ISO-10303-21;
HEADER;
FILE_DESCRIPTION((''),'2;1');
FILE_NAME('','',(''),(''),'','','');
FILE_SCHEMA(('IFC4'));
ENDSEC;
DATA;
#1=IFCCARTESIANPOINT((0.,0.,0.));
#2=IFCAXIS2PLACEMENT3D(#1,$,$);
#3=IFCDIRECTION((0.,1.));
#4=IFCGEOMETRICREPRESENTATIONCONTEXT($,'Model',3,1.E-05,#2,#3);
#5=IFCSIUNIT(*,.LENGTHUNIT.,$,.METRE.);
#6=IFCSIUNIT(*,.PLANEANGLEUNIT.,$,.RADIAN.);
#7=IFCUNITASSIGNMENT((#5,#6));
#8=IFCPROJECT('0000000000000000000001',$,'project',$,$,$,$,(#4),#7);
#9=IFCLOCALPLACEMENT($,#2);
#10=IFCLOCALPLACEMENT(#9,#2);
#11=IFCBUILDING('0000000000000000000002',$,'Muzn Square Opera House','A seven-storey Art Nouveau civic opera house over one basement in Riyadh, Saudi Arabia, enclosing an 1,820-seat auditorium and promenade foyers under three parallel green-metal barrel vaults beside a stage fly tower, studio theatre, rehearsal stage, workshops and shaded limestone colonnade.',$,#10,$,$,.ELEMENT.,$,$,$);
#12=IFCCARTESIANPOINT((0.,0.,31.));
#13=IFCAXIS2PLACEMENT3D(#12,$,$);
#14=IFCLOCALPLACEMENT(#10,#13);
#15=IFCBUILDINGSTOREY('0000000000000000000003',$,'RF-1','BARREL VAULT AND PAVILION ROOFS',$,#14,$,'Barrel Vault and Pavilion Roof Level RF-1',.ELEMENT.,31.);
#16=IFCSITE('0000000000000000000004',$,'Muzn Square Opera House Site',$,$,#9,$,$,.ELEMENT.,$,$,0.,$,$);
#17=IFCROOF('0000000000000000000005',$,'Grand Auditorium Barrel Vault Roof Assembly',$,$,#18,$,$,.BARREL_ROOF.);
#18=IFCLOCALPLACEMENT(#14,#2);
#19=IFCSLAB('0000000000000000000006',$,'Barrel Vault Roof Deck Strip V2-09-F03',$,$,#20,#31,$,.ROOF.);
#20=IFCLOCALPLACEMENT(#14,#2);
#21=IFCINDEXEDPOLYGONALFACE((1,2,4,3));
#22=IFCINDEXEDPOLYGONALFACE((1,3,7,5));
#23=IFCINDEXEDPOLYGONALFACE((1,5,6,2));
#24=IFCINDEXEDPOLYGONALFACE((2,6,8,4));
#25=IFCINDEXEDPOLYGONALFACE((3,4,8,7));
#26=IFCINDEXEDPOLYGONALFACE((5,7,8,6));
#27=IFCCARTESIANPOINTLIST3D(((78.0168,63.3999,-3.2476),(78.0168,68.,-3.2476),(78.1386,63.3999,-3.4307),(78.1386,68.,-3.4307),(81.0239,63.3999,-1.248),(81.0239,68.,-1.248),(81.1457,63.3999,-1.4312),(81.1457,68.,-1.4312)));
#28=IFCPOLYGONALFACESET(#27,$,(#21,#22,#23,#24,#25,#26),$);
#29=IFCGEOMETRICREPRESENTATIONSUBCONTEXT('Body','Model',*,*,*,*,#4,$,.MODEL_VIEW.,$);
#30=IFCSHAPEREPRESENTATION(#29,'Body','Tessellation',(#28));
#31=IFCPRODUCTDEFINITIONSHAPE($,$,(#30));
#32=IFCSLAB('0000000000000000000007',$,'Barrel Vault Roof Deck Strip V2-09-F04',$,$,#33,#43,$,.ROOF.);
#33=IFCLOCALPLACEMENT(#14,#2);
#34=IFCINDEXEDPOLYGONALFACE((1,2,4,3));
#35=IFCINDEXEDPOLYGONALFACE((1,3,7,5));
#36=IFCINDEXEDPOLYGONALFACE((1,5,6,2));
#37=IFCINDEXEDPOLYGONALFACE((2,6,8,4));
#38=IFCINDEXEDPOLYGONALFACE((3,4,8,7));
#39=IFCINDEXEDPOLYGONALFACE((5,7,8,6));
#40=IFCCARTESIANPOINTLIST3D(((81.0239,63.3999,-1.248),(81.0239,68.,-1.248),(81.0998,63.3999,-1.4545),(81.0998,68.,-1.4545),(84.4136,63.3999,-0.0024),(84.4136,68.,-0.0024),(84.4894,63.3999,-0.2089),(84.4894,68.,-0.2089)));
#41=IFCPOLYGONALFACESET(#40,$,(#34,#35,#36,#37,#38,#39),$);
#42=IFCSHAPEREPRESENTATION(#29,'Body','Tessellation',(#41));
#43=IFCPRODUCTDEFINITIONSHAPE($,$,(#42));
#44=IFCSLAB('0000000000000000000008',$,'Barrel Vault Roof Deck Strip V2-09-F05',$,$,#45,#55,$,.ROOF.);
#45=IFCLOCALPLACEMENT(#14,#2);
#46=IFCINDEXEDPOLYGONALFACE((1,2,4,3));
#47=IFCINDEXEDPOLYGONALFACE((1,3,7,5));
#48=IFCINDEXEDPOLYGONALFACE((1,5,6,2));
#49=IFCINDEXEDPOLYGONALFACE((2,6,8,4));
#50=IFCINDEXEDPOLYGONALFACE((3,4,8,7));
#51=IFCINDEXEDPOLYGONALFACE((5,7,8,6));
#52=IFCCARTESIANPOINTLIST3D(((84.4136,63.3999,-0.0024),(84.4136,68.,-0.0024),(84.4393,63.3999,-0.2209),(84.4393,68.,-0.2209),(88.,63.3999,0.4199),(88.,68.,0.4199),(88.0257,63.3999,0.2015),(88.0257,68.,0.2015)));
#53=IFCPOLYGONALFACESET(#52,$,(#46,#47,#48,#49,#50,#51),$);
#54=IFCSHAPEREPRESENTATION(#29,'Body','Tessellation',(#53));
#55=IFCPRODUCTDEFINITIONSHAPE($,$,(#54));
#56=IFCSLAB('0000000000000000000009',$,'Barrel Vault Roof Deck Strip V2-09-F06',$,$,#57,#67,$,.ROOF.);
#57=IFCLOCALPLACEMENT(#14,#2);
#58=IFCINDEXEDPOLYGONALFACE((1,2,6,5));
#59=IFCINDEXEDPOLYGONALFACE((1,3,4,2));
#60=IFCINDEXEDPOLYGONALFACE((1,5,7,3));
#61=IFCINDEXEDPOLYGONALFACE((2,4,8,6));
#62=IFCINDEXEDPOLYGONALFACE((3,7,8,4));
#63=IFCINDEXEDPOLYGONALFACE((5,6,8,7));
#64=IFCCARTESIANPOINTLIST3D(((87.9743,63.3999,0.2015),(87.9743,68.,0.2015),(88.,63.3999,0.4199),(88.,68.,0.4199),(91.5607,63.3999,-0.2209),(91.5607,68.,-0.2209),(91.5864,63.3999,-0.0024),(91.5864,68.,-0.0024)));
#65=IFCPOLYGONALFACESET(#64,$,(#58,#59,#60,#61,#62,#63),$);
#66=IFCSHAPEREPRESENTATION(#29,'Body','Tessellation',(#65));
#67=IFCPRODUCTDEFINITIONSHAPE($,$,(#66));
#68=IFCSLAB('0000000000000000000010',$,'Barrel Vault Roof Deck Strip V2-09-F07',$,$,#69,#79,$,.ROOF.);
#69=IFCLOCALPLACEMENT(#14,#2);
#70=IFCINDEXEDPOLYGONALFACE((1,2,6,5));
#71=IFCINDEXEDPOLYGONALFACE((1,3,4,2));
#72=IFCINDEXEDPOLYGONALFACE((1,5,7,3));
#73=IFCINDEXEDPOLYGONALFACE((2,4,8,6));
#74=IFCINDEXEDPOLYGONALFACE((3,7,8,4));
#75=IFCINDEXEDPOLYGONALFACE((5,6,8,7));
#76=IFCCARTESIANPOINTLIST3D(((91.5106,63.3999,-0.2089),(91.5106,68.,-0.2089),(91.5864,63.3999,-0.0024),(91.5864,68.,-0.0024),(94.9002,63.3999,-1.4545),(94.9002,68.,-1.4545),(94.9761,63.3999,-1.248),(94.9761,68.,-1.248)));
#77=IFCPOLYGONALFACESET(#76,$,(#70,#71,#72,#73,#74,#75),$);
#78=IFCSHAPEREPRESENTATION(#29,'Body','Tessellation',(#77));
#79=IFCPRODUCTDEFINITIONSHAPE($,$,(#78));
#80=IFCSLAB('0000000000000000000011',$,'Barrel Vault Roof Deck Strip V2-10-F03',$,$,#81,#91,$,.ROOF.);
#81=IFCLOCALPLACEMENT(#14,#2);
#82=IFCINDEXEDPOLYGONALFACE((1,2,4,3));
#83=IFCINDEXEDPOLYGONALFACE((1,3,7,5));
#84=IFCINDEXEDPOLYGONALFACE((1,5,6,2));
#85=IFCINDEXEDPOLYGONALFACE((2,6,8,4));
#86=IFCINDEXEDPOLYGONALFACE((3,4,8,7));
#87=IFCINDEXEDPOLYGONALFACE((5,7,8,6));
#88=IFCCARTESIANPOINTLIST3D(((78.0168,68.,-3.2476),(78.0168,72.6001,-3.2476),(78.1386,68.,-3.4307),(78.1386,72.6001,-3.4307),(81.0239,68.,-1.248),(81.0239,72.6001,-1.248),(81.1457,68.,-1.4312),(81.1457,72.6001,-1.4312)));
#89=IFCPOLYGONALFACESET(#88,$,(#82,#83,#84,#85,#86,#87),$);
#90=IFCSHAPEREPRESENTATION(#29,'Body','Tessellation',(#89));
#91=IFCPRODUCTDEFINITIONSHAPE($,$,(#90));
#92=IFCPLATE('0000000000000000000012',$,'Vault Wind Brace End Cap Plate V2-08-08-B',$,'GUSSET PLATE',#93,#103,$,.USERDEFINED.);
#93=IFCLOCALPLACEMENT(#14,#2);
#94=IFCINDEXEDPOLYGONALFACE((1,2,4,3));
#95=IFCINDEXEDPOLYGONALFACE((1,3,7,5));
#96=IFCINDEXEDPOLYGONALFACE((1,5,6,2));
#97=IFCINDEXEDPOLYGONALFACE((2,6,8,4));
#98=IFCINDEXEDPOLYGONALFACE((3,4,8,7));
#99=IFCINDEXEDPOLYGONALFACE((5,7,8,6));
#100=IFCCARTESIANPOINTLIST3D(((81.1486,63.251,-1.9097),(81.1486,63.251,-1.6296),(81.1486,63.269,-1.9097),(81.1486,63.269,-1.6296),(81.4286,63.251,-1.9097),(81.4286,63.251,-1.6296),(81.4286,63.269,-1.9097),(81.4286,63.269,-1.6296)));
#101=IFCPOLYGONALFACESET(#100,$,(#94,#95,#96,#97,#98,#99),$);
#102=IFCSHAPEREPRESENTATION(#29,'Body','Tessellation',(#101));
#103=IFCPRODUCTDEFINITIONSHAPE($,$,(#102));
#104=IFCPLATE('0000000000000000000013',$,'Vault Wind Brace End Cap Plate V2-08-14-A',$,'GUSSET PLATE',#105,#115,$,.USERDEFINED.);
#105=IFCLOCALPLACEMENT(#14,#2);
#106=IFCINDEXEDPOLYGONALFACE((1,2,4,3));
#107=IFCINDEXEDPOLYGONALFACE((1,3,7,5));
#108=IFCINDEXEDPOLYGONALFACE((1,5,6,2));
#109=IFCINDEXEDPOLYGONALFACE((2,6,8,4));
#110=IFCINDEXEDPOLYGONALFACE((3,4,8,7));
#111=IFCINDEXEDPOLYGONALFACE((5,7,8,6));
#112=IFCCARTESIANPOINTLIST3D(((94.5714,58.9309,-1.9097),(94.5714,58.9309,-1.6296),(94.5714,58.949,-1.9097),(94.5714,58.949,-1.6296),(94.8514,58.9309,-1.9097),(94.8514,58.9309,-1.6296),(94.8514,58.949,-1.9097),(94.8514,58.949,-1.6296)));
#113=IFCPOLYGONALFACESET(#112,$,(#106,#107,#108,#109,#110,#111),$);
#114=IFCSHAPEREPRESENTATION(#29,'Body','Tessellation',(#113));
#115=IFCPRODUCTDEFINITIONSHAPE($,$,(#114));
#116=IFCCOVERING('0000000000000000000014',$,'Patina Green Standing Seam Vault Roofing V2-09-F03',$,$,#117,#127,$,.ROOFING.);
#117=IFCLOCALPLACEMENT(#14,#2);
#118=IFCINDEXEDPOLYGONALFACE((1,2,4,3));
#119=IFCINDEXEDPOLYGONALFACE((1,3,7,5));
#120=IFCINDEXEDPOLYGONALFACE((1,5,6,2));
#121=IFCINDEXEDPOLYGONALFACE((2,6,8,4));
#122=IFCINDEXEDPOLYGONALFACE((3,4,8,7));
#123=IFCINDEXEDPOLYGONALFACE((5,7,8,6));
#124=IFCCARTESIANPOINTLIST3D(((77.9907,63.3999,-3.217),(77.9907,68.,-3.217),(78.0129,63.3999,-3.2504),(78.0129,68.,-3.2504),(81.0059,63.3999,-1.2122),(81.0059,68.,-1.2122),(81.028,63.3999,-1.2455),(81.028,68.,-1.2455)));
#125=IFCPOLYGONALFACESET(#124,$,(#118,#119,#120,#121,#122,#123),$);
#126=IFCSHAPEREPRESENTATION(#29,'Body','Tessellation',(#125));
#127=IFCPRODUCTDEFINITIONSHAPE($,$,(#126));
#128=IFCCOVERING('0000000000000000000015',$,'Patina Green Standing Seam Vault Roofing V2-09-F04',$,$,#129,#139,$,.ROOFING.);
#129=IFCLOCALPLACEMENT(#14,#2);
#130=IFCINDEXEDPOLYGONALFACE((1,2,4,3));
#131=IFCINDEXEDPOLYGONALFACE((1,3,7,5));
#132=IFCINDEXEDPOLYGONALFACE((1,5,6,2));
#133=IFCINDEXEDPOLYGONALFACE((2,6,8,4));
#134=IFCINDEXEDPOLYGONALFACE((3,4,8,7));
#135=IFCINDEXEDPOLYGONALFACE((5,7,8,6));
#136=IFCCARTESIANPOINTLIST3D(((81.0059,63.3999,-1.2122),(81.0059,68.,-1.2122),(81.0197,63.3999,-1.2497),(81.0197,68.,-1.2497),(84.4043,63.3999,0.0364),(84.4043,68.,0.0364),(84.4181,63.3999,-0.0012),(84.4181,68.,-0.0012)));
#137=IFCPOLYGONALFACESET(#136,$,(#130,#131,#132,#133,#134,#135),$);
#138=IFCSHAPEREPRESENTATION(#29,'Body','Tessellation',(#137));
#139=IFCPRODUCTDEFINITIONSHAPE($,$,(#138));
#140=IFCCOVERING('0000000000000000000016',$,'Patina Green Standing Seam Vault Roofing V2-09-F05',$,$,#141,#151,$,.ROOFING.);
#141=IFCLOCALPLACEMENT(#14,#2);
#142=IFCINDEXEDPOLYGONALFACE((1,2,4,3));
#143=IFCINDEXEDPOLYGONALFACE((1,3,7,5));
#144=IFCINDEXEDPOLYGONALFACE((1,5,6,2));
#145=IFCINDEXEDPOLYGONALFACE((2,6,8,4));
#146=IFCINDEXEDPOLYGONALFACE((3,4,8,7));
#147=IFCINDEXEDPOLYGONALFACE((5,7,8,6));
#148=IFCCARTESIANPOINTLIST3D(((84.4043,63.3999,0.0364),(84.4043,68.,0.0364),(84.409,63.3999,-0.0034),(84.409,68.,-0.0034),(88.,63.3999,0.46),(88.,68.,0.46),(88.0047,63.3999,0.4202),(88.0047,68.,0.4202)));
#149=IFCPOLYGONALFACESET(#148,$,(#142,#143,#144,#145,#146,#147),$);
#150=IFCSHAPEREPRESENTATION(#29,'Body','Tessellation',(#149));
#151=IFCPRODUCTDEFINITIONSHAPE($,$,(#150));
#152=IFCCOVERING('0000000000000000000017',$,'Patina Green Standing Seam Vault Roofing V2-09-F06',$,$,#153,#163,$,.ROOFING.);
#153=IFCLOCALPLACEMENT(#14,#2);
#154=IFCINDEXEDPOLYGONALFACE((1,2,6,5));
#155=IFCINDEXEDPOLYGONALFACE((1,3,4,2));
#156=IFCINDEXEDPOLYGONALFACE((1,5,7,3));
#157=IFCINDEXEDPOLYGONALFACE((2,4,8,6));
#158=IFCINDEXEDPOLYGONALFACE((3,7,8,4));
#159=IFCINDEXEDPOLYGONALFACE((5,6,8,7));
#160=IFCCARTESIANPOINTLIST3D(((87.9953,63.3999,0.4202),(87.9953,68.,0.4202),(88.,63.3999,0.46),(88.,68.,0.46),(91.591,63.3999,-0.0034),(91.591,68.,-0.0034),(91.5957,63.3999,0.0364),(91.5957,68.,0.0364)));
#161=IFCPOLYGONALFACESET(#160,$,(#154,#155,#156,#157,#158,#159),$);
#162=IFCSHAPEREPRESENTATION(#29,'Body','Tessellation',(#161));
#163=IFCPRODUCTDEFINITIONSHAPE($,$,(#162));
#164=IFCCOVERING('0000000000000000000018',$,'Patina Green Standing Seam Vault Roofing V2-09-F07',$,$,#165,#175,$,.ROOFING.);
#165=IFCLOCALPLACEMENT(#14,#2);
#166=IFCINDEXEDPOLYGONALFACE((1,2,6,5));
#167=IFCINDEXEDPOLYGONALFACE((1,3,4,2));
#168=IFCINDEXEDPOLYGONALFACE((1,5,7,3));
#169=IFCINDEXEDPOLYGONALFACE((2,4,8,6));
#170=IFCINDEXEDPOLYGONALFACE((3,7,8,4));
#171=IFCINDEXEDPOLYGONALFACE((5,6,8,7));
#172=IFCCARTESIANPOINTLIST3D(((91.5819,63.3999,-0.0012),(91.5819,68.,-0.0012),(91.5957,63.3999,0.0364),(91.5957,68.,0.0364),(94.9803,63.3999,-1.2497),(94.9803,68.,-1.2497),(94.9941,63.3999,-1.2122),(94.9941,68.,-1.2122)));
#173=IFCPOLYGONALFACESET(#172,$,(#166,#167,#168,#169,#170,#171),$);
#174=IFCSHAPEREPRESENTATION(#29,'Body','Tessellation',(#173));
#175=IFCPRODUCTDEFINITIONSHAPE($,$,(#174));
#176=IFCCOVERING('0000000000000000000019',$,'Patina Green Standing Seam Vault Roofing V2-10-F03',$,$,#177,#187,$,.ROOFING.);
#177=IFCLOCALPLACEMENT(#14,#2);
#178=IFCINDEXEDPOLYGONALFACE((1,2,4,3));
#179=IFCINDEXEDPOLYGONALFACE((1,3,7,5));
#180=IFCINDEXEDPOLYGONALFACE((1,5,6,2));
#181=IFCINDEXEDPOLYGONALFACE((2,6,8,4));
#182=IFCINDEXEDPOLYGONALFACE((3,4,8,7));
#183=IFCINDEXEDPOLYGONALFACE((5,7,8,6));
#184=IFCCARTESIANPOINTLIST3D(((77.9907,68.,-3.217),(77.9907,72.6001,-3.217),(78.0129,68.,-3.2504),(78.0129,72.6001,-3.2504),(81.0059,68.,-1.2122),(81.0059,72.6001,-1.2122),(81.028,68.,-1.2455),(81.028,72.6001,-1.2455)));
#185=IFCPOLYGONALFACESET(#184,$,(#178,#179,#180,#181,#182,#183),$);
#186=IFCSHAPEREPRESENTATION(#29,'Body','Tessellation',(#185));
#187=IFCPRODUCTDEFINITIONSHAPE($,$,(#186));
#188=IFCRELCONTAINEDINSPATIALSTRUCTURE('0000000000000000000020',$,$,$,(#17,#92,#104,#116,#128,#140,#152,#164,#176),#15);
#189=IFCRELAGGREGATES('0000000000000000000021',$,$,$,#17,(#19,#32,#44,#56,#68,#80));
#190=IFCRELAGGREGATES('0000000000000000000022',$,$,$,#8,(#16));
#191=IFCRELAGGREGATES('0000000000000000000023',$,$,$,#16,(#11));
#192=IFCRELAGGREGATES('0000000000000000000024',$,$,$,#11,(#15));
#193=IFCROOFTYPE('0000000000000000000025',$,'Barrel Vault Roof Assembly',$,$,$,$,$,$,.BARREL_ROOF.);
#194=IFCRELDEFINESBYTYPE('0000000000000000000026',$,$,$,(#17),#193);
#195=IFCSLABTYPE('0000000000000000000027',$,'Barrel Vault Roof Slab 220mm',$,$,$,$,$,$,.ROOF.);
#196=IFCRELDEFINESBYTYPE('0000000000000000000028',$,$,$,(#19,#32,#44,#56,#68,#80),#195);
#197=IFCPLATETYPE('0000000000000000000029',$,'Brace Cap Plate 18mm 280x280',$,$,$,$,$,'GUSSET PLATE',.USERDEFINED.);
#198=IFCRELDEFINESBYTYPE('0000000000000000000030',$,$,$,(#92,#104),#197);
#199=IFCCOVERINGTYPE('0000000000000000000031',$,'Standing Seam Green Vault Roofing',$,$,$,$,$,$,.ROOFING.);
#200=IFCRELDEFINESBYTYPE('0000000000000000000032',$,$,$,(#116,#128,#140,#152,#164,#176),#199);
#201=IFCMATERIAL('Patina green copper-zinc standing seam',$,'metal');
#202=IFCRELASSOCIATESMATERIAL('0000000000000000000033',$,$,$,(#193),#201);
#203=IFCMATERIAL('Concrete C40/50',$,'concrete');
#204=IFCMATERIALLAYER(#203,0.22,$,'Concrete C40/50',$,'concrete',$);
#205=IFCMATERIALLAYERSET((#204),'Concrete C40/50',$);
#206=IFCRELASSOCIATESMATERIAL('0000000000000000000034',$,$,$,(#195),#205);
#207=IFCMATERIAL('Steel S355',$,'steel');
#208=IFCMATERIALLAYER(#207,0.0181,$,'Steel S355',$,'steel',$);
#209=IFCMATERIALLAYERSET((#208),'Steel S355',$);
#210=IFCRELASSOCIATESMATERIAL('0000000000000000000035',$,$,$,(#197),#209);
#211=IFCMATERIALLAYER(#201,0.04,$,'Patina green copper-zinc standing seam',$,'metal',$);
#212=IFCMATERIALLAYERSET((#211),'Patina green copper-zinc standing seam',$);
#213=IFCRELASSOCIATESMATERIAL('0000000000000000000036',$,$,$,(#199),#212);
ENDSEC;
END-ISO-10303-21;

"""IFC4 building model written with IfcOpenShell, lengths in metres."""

from ifc_helpers import new_model, si_unit, direction, frame, origin, origin_2d, place, context, subcontext, project, spatial, polyline, rectangle, outline, extrude, material, layer, layer_set, type_object, element, aggregate, save


model = new_model("IFC4")

# Units and contexts
model_context = context("Model", 3, precision=1e-05, world=origin(), true_north=direction((0.0, 1.0)))
body_context = subcontext(model_context, "Body", "Model", "MODEL_VIEW")
ifc_project = project(units=[si_unit("LENGTHUNIT", "METRE"), si_unit("PLANEANGLEUNIT", "RADIAN")], contexts=[model_context])

# Site, building, storey
site_placement = place(None, origin())
site = spatial("IfcSite", under=ifc_project, at=site_placement, Name="Muzn Square Opera House Site", CompositionType="ELEMENT", RefElevation=0.0)
building_placement = place(site_placement, origin())
building = spatial("IfcBuilding", under=site, at=building_placement, Name="Muzn Square Opera House", Description="A seven-storey Art Nouveau civic opera house over one basement in Riyadh, Saudi Arabia, enclosing an 1,820-seat auditorium and promenade foyers under three parallel green-metal barrel vaults beside a stage fly tower, studio theatre, rehearsal stage, workshops and shaded limestone colonnade.", CompositionType="ELEMENT")
storey_placement = place(building_placement, frame((0.0, 0.0, 31.0)))
storey = spatial("IfcBuildingStorey", under=building, at=storey_placement, Name="RF-1", Description="BARREL VAULT AND PAVILION ROOFS", LongName="Barrel Vault and Pavilion Roof Level RF-1", CompositionType="ELEMENT", Elevation=31.0)

# Shared definitions
ifc_material_1 = material(Name="Steel S355", Category="steel")

# Roof, slabs
ifc_material_2 = material(Name="Patina green copper-zinc standing seam", Category="metal")
roof_type = type_object("IfcRoofType", Name="Barrel Vault Roof Assembly", PredefinedType="BARREL_ROOF", material=ifc_material_2)
roof_placement = place(storey_placement, origin())
roof = element("IfcRoof", 1, at=roof_placement, inside=storey, type_object=roof_type, Name="Grand Auditorium Barrel Vault Roof Assembly", PredefinedType="BARREL_ROOF")
ifc_material_3 = material(Name="Concrete C40/50", Category="concrete")
ifc_layer_1 = layer(ifc_material_3, 0.22, Name="Concrete C40/50", Category="concrete")
ifc_layer_set_1 = layer_set([ifc_layer_1], Name="Concrete C40/50")
slab_type = type_object("IfcSlabType", Name="Barrel Vault Roof Slab 220mm", PredefinedType="ROOF", material=ifc_layer_set_1)
slab_1_placement = place(storey_placement, frame((81.0239, 63.3999, -1.248), z_axis=(-0.553701, 0.0, 0.832715), x_axis=(0.0, 1.0, 0.0)))
slab_1 = element("IfcSlab", 2, at=slab_1_placement, type_object=slab_type, Name="Barrel Vault Roof Deck Strip V2-09-F03", PredefinedType="ROOF", context=body_context, shape_type="SweptSolid", body=[
    extrude(outline(polyline([(0.0, 3.6112), (0.0, 0.0), (4.6001, 0.0), (4.6001, 3.6112), (0.0, 3.6112)])), origin(), (0.0, 0.0, -1.0), 0.22),
])
slab_2_placement = place(storey_placement, frame((84.4136, 63.3999, -0.0024), z_axis=(-0.344922, 0.0, 0.938631), x_axis=(0.0, 1.0, 0.0)))
slab_2 = element("IfcSlab", 3, at=slab_2_placement, type_object=slab_type, Name="Barrel Vault Roof Deck Strip V2-09-F04", PredefinedType="ROOF", context=body_context, shape_type="SweptSolid", body=[
    extrude(outline(polyline([(0.0, 3.6113), (0.0, 0.0), (4.6001, 0.0), (4.6001, 3.6113), (0.0, 3.6113)])), origin(), (0.0, 0.0, -1.0), 0.22),
])
slab_3_placement = place(storey_placement, frame((88.0, 63.3999, 0.4199), z_axis=(-0.116959, 0.0, 0.993137), x_axis=(0.0, 1.0, 0.0)))
slab_3 = element("IfcSlab", 4, at=slab_3_placement, type_object=slab_type, Name="Barrel Vault Roof Deck Strip V2-09-F05", PredefinedType="ROOF", context=body_context, shape_type="SweptSolid", body=[
    extrude(outline(polyline([(0.0, 3.6112), (0.0, 0.0), (4.6001, 0.0), (4.6001, 3.6112), (0.0, 3.6112)])), origin(), (0.0, 0.0, -1.0), 0.22),
])
slab_4_placement = place(storey_placement, frame((88.0, 63.3999, 0.4199), z_axis=(0.116959, 0.0, 0.993137), x_axis=(0.993137, 0.0, -0.116959)))
slab_4 = element("IfcSlab", 5, at=slab_4_placement, type_object=slab_type, Name="Barrel Vault Roof Deck Strip V2-09-F06", PredefinedType="ROOF", context=body_context, shape_type="SweptSolid", body=[
    extrude(outline(polyline([(0.0, 0.0), (3.6112, 0.0), (3.6112, 4.6001), (0.0, 4.6001), (0.0, 0.0)])), origin(), (0.0, 0.0, -1.0), 0.22),
])
slab_5_placement = place(storey_placement, frame((91.5864, 63.3999, -0.0024), z_axis=(0.344922, 0.0, 0.938631), x_axis=(0.938631, 0.0, -0.344922)))
slab_5 = element("IfcSlab", 6, at=slab_5_placement, type_object=slab_type, Name="Barrel Vault Roof Deck Strip V2-09-F07", PredefinedType="ROOF", context=body_context, shape_type="SweptSolid", body=[
    extrude(outline(polyline([(0.0, 0.0), (3.6113, 0.0), (3.6113, 4.6001), (0.0, 4.6001), (0.0, 0.0)])), origin(), (0.0, 0.0, -1.0), 0.22),
])
slab_6_placement = place(storey_placement, frame((81.0239, 68.0, -1.248), z_axis=(-0.553701, 0.0, 0.832715), x_axis=(0.0, 1.0, 0.0)))
slab_6 = element("IfcSlab", 7, at=slab_6_placement, type_object=slab_type, Name="Barrel Vault Roof Deck Strip V2-10-F03", PredefinedType="ROOF", context=body_context, shape_type="SweptSolid", body=[
    extrude(outline(polyline([(0.0, 3.6112), (0.0, 0.0), (4.6001, 0.0), (4.6001, 3.6112), (0.0, 3.6112)])), origin(), (0.0, 0.0, -1.0), 0.22),
])
aggregate(roof, [slab_1, slab_2, slab_3, slab_4, slab_5, slab_6])

# Plates
ifc_layer_2 = layer(ifc_material_1, 0.0181, Name="Steel S355", Category="steel")
ifc_layer_set_2 = layer_set([ifc_layer_2], Name="Steel S355")
plate_type = type_object("IfcPlateType", Name="Brace Cap Plate 18mm 280x280", ElementType="GUSSET PLATE", PredefinedType="USERDEFINED", material=ifc_layer_set_2)
for number, where, z_axis, x_axis, name in (
    (8, (81.2886, 63.26, -1.9097), (0.0, 0.0, 1.0), (1.0, 0.0, 0.0), "Vault Wind Brace End Cap Plate V2-08-08-B"),
    (9, (94.7114, 58.9399, -1.9097), (0.0, 0.0, 1.0), (1.0, 0.0, 0.0), "Vault Wind Brace End Cap Plate V2-08-14-A"),
):
    element("IfcPlate", number, at=place(storey_placement, frame(where, z_axis=z_axis, x_axis=x_axis)), inside=storey, type_object=plate_type, Name=name, ObjectType="GUSSET PLATE", PredefinedType="USERDEFINED", context=body_context, shape_type="SweptSolid", body=[
        extrude(rectangle(XDim=0.28, YDim=0.0181, at=origin_2d()), origin(), (0.0, 0.0, 1.0), 0.28),
    ])

# Coverings
ifc_layer_3 = layer(ifc_material_2, 0.04, Name="Patina green copper-zinc standing seam", Category="metal")
ifc_layer_set_3 = layer_set([ifc_layer_3], Name="Patina green copper-zinc standing seam")
covering_type = type_object("IfcCoveringType", Name="Standing Seam Green Vault Roofing", PredefinedType="ROOFING", material=ifc_layer_set_3)
covering_1_placement = place(storey_placement, frame((81.0059, 63.3999, -1.2122), z_axis=(-0.553704, 0.0, 0.832714), x_axis=(0.0, 1.0, 0.0)))
element("IfcCovering", 10, at=covering_1_placement, inside=storey, type_object=covering_type, Name="Patina Green Standing Seam Vault Roofing V2-09-F03", PredefinedType="ROOFING", context=body_context, shape_type="SweptSolid", body=[
    extrude(outline(polyline([(0.0, 3.6209), (0.0, 0.0), (4.6001, 0.0), (4.6001, 3.6209), (0.0, 3.6209)])), origin(), (0.0, 0.0, -1.0), 0.04),
])
covering_2_placement = place(storey_placement, frame((84.4043, 63.3999, 0.0364), z_axis=(-0.344849, 0.0, 0.938658), x_axis=(0.0, 1.0, 0.0)))
element("IfcCovering", 11, at=covering_2_placement, inside=storey, type_object=covering_type, Name="Patina Green Standing Seam Vault Roofing V2-09-F04", PredefinedType="ROOFING", context=body_context, shape_type="SweptSolid", body=[
    extrude(outline(polyline([(0.0, 3.6205), (0.0, 0.0), (4.6001, 0.0), (4.6001, 3.6205), (0.0, 3.6205)])), origin(), (0.0, 0.0, -1.0), 0.04),
])
covering_3_placement = place(storey_placement, frame((88.0, 63.3999, 0.46), z_axis=(-0.116994, 0.0, 0.993133), x_axis=(0.0, 1.0, 0.0)))
element("IfcCovering", 12, at=covering_3_placement, inside=storey, type_object=covering_type, Name="Patina Green Standing Seam Vault Roofing V2-09-F05", PredefinedType="ROOFING", context=body_context, shape_type="SweptSolid", body=[
    extrude(outline(polyline([(0.0, 3.6206), (0.0, 0.0), (4.6001, 0.0), (4.6001, 3.6206), (0.0, 3.6206)])), origin(), (0.0, 0.0, -1.0), 0.04),
])
covering_4_placement = place(storey_placement, frame((88.0, 63.3999, 0.46), z_axis=(0.116994, 0.0, 0.993133), x_axis=(0.993133, 0.0, -0.116994)))
element("IfcCovering", 13, at=covering_4_placement, inside=storey, type_object=covering_type, Name="Patina Green Standing Seam Vault Roofing V2-09-F06", PredefinedType="ROOFING", context=body_context, shape_type="SweptSolid", body=[
    extrude(outline(polyline([(0.0, 0.0), (3.6206, 0.0), (3.6206, 4.6001), (0.0, 4.6001), (0.0, 0.0)])), origin(), (0.0, 0.0, -1.0), 0.04),
])
covering_5_placement = place(storey_placement, frame((91.5957, 63.3999, 0.0364), z_axis=(0.344849, 0.0, 0.938658), x_axis=(0.938658, 0.0, -0.344849)))
element("IfcCovering", 14, at=covering_5_placement, inside=storey, type_object=covering_type, Name="Patina Green Standing Seam Vault Roofing V2-09-F07", PredefinedType="ROOFING", context=body_context, shape_type="SweptSolid", body=[
    extrude(outline(polyline([(0.0, 0.0), (3.6205, 0.0), (3.6205, 4.6001), (0.0, 4.6001), (0.0, 0.0)])), origin(), (0.0, 0.0, -1.0), 0.04),
])
covering_6_placement = place(storey_placement, frame((81.0059, 68.0, -1.2122), z_axis=(-0.553704, 0.0, 0.832714), x_axis=(0.0, 1.0, 0.0)))
element("IfcCovering", 15, at=covering_6_placement, inside=storey, type_object=covering_type, Name="Patina Green Standing Seam Vault Roofing V2-10-F03", PredefinedType="ROOFING", context=body_context, shape_type="SweptSolid", body=[
    extrude(outline(polyline([(0.0, 3.6209), (0.0, 0.0), (4.6001, 0.0), (4.6001, 3.6209), (0.0, 3.6209)])), origin(), (0.0, 0.0, -1.0), 0.04),
])

save(model, "model.ifc")
